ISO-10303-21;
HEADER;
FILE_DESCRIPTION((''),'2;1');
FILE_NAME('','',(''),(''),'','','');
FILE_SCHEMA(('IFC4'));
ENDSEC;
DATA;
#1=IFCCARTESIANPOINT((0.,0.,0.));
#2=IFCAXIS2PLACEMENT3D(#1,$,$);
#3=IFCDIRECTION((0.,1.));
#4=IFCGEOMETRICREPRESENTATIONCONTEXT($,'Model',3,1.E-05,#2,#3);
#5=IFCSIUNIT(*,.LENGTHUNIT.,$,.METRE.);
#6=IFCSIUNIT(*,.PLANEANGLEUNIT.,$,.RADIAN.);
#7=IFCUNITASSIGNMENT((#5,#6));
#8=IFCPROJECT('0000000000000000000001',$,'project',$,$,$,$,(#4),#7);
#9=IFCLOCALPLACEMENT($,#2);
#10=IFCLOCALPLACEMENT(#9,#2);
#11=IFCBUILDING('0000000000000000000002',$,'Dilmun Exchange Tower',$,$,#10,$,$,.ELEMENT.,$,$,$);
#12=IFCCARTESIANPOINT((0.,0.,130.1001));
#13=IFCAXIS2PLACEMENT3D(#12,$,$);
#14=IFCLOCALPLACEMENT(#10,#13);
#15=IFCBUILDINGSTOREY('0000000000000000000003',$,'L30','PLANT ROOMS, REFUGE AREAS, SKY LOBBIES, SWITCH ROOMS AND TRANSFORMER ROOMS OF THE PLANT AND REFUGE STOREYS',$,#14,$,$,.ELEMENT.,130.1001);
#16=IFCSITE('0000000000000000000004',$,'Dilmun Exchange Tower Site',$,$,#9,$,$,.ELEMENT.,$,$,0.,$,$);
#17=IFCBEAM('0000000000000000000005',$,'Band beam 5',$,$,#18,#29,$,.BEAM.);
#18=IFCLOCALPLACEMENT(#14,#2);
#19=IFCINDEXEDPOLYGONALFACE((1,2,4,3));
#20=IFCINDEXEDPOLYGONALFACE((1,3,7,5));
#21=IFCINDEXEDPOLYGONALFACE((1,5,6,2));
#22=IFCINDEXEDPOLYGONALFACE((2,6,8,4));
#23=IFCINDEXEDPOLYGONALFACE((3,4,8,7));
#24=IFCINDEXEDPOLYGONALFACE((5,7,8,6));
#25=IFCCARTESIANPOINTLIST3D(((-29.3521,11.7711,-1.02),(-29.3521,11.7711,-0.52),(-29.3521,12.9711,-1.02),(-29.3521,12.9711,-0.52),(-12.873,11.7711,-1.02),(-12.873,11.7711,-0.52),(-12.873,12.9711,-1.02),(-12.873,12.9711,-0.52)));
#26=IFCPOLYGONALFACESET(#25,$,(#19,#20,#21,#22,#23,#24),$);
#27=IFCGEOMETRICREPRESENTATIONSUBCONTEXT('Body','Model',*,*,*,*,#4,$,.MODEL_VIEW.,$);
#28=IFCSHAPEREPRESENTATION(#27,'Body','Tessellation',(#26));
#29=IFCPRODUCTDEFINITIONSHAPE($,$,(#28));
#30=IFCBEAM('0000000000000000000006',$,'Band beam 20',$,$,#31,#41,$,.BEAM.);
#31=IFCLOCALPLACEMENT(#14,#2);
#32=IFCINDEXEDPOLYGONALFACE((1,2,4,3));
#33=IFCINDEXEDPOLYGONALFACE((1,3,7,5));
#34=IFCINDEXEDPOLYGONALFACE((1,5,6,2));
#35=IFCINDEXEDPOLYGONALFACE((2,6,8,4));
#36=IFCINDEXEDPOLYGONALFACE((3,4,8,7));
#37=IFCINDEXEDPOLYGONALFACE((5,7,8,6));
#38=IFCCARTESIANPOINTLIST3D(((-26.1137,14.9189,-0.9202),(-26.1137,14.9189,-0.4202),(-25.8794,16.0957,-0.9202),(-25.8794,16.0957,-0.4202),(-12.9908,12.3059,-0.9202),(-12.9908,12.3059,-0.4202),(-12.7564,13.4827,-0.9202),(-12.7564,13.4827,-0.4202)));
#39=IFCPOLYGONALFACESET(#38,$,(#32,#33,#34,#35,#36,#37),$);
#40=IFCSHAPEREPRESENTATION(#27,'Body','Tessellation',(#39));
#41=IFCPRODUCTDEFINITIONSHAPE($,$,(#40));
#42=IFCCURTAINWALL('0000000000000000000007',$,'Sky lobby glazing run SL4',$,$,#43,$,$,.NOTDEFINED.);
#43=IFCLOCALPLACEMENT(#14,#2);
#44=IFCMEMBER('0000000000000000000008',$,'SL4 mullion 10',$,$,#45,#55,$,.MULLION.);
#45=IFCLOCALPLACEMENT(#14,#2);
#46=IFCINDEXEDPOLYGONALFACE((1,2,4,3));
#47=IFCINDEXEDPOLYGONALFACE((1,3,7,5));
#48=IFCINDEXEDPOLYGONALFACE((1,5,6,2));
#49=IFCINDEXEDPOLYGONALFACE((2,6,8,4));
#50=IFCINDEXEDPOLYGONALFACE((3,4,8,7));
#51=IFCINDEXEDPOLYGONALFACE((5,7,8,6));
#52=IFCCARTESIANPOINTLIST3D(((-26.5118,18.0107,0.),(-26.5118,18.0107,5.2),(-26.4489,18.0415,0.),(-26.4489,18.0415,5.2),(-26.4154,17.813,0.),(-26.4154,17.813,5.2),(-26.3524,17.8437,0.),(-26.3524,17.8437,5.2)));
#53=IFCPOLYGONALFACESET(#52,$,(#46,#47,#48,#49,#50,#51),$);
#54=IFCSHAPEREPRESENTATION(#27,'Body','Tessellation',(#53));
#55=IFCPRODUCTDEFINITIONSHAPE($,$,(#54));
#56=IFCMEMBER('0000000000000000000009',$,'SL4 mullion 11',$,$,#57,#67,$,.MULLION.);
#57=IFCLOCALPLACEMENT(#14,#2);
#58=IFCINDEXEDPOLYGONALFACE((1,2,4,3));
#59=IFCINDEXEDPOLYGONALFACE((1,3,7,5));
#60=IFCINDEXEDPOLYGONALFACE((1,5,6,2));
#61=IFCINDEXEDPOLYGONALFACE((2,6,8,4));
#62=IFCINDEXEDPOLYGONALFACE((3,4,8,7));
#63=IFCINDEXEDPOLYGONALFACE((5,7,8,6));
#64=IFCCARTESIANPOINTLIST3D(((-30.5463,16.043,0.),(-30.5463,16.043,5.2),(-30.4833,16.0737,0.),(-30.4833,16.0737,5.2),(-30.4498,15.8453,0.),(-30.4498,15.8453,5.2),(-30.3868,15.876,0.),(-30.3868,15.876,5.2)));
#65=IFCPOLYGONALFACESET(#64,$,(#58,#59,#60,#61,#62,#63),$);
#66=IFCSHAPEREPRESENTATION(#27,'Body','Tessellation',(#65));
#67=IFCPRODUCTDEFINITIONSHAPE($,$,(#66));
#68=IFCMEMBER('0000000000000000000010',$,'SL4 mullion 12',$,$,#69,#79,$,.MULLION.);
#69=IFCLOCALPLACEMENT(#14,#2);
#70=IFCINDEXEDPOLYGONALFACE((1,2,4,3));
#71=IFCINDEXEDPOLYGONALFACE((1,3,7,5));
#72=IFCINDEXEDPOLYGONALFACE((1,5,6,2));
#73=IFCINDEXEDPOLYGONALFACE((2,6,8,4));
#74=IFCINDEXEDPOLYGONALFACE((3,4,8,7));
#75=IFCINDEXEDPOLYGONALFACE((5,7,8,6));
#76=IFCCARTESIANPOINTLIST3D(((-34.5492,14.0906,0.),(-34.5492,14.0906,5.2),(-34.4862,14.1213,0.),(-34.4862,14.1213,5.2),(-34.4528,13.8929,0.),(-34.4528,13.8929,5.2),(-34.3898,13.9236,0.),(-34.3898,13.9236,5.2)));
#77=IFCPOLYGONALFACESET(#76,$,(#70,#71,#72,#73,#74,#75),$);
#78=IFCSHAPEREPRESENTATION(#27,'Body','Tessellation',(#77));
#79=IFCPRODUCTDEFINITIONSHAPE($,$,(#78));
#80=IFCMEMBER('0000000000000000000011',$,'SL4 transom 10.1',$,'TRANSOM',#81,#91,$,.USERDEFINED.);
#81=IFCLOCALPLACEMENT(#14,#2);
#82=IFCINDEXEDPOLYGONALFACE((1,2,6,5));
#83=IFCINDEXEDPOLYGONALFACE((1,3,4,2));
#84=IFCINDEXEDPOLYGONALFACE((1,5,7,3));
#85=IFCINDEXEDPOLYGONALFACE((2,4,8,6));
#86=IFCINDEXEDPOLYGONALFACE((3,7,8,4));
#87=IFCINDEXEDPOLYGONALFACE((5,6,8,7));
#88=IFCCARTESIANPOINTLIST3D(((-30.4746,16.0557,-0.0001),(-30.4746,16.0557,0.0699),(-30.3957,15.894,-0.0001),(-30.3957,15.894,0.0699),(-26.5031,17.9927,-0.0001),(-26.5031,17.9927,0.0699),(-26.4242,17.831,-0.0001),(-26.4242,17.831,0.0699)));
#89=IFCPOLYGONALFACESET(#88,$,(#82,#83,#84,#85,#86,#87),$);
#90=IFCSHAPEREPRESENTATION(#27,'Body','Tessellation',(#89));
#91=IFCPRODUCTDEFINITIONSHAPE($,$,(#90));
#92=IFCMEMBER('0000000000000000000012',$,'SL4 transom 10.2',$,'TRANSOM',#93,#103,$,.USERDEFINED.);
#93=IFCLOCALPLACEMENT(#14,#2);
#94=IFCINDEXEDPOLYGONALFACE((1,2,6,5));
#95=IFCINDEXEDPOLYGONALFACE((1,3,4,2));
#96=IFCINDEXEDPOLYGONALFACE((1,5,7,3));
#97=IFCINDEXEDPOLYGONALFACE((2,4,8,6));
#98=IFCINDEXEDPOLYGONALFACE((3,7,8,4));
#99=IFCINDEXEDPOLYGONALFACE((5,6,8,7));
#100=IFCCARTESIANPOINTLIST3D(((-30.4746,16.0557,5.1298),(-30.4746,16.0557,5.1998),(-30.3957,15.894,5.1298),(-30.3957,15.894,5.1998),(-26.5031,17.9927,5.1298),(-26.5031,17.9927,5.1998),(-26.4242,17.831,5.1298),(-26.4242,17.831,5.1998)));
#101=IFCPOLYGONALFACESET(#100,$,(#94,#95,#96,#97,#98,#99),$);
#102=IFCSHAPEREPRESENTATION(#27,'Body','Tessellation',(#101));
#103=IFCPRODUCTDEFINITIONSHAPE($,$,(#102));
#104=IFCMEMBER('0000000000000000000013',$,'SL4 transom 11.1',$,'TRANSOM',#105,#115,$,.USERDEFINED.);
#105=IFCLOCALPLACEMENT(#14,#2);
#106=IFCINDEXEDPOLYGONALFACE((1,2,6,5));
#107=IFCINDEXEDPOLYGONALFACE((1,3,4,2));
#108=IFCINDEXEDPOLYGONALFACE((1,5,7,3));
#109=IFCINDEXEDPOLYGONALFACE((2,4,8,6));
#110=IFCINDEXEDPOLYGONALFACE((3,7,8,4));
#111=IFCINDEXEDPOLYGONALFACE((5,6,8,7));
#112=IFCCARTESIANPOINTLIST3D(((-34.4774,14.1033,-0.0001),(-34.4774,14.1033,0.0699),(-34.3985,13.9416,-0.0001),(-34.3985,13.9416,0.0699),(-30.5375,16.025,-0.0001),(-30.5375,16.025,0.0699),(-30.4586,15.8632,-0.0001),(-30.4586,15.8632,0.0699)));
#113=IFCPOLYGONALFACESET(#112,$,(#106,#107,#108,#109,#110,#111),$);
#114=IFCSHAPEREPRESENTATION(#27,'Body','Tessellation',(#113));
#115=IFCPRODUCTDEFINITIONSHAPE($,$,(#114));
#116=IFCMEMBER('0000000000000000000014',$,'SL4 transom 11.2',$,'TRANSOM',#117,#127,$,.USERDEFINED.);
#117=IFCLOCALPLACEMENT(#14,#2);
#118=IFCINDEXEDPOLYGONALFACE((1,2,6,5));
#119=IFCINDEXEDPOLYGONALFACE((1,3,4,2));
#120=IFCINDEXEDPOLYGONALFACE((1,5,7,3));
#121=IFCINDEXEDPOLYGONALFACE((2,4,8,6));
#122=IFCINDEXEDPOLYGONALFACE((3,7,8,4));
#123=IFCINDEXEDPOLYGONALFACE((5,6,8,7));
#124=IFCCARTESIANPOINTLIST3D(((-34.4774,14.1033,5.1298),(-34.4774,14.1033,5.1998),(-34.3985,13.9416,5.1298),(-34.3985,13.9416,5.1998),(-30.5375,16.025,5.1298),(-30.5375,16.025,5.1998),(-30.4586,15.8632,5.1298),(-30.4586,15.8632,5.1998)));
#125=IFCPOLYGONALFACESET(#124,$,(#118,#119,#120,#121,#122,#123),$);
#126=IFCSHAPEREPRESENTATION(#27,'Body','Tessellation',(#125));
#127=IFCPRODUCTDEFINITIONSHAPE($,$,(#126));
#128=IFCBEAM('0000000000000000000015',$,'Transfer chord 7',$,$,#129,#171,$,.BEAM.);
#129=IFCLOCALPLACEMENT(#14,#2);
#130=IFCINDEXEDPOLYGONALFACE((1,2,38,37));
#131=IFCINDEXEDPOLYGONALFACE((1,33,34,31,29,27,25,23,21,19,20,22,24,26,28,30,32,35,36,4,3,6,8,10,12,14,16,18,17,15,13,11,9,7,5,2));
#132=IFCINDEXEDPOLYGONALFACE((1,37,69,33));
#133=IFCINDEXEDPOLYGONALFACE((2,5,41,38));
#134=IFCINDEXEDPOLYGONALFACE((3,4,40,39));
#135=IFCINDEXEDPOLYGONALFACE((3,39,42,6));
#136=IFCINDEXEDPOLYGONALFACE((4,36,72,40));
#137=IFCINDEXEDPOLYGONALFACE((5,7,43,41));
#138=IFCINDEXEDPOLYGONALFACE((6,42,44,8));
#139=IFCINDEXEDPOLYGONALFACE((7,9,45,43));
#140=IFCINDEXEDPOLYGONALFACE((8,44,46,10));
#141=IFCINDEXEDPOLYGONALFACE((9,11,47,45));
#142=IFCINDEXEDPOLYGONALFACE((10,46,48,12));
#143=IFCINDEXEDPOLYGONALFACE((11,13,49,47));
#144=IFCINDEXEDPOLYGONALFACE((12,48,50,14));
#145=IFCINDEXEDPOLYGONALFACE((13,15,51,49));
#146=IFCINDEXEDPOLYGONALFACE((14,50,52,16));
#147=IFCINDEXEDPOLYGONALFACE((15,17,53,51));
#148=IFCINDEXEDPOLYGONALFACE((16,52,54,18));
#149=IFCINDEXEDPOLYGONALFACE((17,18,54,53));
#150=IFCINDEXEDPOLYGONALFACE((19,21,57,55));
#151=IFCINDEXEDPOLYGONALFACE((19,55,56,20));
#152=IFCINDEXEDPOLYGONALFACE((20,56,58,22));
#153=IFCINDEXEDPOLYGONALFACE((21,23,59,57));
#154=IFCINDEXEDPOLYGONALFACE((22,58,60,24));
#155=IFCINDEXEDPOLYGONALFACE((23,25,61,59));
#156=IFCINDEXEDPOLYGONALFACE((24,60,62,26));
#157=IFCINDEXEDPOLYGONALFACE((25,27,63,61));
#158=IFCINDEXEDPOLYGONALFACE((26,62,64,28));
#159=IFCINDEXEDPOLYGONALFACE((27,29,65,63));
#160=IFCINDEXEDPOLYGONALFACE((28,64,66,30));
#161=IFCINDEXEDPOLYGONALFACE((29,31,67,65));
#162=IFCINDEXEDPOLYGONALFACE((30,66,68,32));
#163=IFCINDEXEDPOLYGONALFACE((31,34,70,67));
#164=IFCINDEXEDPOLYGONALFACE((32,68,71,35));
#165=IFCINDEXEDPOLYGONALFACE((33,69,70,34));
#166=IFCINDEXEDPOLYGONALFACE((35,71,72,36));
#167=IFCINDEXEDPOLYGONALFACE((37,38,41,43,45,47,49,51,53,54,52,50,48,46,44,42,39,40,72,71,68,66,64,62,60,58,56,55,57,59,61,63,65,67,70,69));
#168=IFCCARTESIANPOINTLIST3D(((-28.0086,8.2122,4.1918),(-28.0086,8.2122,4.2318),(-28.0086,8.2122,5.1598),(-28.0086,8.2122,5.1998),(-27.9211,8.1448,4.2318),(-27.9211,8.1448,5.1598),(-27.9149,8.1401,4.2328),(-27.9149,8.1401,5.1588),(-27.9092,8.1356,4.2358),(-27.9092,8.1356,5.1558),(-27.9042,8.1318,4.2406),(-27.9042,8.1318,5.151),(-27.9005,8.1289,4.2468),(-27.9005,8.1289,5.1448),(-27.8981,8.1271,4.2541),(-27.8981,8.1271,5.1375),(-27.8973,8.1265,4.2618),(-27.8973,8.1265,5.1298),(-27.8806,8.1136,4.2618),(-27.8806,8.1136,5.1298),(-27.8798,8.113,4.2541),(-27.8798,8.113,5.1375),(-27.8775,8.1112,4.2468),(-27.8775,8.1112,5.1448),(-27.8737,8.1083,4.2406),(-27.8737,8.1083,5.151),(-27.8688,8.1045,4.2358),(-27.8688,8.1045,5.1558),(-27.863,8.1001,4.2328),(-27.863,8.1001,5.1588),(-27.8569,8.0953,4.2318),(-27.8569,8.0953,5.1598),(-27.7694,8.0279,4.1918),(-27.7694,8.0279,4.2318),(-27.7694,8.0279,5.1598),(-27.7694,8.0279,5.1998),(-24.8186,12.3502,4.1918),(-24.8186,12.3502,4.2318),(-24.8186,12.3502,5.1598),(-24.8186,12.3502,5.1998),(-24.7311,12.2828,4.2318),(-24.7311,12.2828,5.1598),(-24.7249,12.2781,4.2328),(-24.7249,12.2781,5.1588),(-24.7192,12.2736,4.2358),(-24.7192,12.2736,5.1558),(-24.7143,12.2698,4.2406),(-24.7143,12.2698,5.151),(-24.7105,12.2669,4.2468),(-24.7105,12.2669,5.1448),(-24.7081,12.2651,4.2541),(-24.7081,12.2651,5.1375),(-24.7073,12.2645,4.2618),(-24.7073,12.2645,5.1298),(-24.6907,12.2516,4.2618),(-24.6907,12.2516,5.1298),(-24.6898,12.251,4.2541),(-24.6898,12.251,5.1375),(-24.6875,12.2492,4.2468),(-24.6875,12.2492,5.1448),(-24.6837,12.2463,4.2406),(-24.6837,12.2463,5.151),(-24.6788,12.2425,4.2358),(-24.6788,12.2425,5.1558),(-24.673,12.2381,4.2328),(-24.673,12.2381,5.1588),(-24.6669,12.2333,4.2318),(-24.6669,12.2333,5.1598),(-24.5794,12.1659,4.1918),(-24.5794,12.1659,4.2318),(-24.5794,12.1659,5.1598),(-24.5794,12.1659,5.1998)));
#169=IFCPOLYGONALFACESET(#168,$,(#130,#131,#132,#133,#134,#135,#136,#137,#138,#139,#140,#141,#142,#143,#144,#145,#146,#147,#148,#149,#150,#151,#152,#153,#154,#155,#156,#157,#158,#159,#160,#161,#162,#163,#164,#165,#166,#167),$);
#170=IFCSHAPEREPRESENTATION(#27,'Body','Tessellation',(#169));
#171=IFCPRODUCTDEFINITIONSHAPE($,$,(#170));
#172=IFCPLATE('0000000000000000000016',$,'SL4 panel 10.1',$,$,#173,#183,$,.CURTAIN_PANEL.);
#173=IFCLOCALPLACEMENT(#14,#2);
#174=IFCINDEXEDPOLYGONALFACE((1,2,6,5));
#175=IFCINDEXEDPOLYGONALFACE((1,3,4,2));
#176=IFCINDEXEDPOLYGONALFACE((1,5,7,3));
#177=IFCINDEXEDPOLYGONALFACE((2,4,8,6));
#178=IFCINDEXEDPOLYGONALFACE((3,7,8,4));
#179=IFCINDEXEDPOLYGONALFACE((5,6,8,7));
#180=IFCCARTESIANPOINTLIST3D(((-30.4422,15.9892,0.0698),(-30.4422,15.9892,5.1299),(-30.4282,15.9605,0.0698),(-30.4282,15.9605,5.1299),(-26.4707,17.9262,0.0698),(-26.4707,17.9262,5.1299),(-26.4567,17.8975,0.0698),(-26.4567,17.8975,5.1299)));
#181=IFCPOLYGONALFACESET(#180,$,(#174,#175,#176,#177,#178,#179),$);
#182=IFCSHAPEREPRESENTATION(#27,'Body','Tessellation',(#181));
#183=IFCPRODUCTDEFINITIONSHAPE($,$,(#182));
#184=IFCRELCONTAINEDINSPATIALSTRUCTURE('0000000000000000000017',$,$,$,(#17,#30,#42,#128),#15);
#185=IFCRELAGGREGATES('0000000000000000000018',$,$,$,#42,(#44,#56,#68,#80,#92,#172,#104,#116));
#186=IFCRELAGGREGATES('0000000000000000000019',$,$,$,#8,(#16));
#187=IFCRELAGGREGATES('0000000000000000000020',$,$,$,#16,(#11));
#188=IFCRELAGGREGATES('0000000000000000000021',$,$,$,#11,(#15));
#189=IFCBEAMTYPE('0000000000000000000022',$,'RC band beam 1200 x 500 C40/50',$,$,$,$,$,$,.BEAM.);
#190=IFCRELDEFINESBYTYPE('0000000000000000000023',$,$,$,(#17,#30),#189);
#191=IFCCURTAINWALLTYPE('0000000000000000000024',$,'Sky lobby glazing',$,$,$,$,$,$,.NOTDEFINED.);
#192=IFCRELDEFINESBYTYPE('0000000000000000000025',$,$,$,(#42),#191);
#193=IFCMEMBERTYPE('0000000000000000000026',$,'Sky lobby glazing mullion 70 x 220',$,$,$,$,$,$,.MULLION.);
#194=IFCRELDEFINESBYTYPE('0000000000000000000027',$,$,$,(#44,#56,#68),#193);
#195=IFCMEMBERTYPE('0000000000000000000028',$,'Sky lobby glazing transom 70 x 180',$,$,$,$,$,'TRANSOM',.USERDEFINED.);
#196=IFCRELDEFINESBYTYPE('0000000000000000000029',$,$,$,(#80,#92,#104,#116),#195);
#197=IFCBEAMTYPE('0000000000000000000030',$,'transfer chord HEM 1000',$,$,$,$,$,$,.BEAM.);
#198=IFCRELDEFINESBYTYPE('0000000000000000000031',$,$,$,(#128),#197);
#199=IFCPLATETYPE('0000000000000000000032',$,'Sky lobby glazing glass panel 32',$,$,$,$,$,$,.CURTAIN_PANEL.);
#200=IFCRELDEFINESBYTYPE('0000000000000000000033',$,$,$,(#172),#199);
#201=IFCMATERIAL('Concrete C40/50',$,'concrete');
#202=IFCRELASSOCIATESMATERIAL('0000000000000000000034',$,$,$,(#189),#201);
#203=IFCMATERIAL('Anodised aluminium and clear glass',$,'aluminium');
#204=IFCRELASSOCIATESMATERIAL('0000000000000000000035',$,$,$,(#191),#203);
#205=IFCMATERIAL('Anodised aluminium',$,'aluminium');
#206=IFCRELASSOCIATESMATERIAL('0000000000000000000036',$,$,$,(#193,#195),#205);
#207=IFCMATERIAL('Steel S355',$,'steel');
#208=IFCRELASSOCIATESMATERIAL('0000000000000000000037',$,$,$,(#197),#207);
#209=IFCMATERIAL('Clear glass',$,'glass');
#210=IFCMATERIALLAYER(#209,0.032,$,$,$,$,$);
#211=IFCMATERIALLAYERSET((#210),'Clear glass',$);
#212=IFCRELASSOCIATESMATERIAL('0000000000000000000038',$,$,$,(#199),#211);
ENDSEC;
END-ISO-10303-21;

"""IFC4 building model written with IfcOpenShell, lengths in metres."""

from ifc_helpers import new_model, si_unit, direction, frame, origin, origin_2d, place, context, subcontext, project, spatial, rectangle, i_section, extrude, material, layer, layer_set, material_profile, profile_set, type_object, element, aggregate, save


model = new_model("IFC4")

# Units and contexts
model_context = context("Model", 3, precision=1e-05, world=origin(), true_north=direction((0.0, 1.0)))
body_context = subcontext(model_context, "Body", "Model", "MODEL_VIEW")
ifc_project = project(units=[si_unit("LENGTHUNIT", "METRE"), si_unit("PLANEANGLEUNIT", "RADIAN")], contexts=[model_context])

# Site, building, storey
site_placement = place(None, origin())
site = spatial("IfcSite", under=ifc_project, at=site_placement, Name="Dilmun Exchange Tower Site", CompositionType="ELEMENT", RefElevation=0.0)
building_placement = place(site_placement, origin())
building = spatial("IfcBuilding", under=site, at=building_placement, Name="Dilmun Exchange Tower", CompositionType="ELEMENT")
storey_placement = place(building_placement, frame((0.0, 0.0, 130.1001)))
storey = spatial("IfcBuildingStorey", under=building, at=storey_placement, Name="L30", Description="PLANT ROOMS, REFUGE AREAS, SKY LOBBIES, SWITCH ROOMS AND TRANSFORMER ROOMS OF THE PLANT AND REFUGE STOREYS", CompositionType="ELEMENT", Elevation=130.1001)

# Beams
ifc_material_1 = material(Name="Concrete C40/50", Category="concrete")
ifc_material_profile_1 = material_profile(ifc_material_1, rectangle(XDim=1.2, YDim=0.5, at=origin_2d()), Name="1200 x 500")
ifc_profile_set_1 = profile_set([ifc_material_profile_1], Name="Concrete C40/50")
beam_type_1 = type_object("IfcBeamType", Name="RC band beam 1200 x 500 C40/50", PredefinedType="BEAM", material=ifc_profile_set_1)
beam_1_placement = place(storey_placement, frame((-29.3521, 12.3711, -0.77), z_axis=(1.0, 0.0, 0.0), x_axis=(0.0, 1.0, 0.0)))
element("IfcBeam", 1, at=beam_1_placement, inside=storey, type_object=beam_type_1, Name="Band beam 5", PredefinedType="BEAM", context=body_context, shape_type="SweptSolid", body=[
    extrude(rectangle(XDim=1.2, YDim=0.5, at=origin_2d()), origin(), (0.0, 0.0, 1.0), 16.479),
])
beam_2_placement = place(storey_placement, frame((-25.9966, 15.5073, -0.6702), z_axis=(0.980747, -0.195284, 0.0), x_axis=(0.195284, 0.980747, 0.0)))
element("IfcBeam", 2, at=beam_2_placement, inside=storey, type_object=beam_type_1, Name="Band beam 20", PredefinedType="BEAM", context=body_context, shape_type="SweptSolid", body=[
    extrude(rectangle(XDim=1.2, YDim=0.5, at=origin_2d()), origin(), (0.0, 0.0, 1.0), 13.3806),
])

# Curtain wall, members
ifc_material_2 = material(Name="Anodised aluminium and clear glass", Category="aluminium")
curtain_wall_type = type_object("IfcCurtainWallType", Name="Sky lobby glazing", PredefinedType="NOTDEFINED", material=ifc_material_2)
curtain_wall_placement = place(storey_placement, origin())
curtain_wall = element("IfcCurtainWall", 3, at=curtain_wall_placement, inside=storey, type_object=curtain_wall_type, Name="Sky lobby glazing run SL4", PredefinedType="NOTDEFINED")
ifc_material_3 = material(Name="Anodised aluminium", Category="aluminium")
ifc_material_profile_2 = material_profile(ifc_material_3, rectangle(XDim=0.22, YDim=0.0701, at=origin_2d()), Name="AL 70x220")
ifc_profile_set_2 = profile_set([ifc_material_profile_2], Name="Anodised aluminium")
member_type_1 = type_object("IfcMemberType", Name="Sky lobby glazing mullion 70 x 220", PredefinedType="MULLION", material=ifc_profile_set_2)
member_1_placement = place(storey_placement, frame((-26.4321, 17.9272, 0.0), z_axis=(0.0, 0.0, 1.0), x_axis=(0.438371, -0.898794, 0.0)))
member_1 = element("IfcMember", 4, at=member_1_placement, type_object=member_type_1, Name="SL4 mullion 10", PredefinedType="MULLION", context=body_context, shape_type="SweptSolid", body=[
    extrude(rectangle(XDim=0.22, YDim=0.0701, at=origin_2d()), origin(), (0.0, 0.0, 1.0), 5.2),
])
member_2_placement = place(storey_placement, frame((-30.4666, 15.9595, 0.0), z_axis=(0.0, 0.0, 1.0), x_axis=(0.438371, -0.898794, 0.0)))
member_2 = element("IfcMember", 5, at=member_2_placement, type_object=member_type_1, Name="SL4 mullion 11", PredefinedType="MULLION", context=body_context, shape_type="SweptSolid", body=[
    extrude(rectangle(XDim=0.22, YDim=0.0701, at=origin_2d()), origin(), (0.0, 0.0, 1.0), 5.2),
])
member_3_placement = place(storey_placement, frame((-34.4695, 14.0071, 0.0), z_axis=(0.0, 0.0, 1.0), x_axis=(0.438371, -0.898794, 0.0)))
member_3 = element("IfcMember", 6, at=member_3_placement, type_object=member_type_1, Name="SL4 mullion 12", PredefinedType="MULLION", context=body_context, shape_type="SweptSolid", body=[
    extrude(rectangle(XDim=0.22, YDim=0.0701, at=origin_2d()), origin(), (0.0, 0.0, 1.0), 5.2),
])
ifc_material_profile_3 = material_profile(ifc_material_3, rectangle(XDim=0.1799, YDim=0.0701, at=origin_2d()), Name="AL 70x180")
ifc_profile_set_3 = profile_set([ifc_material_profile_3], Name="Anodised aluminium")
member_type_2 = type_object("IfcMemberType", Name="Sky lobby glazing transom 70 x 180", ElementType="TRANSOM", PredefinedType="USERDEFINED", material=ifc_profile_set_3)
member_4_placement = place(storey_placement, frame((-26.4636, 17.9119, 0.0349), z_axis=(-0.898793, -0.438374, 0.0), x_axis=(0.438374, -0.898793, 0.0)))
member_4 = element("IfcMember", 7, at=member_4_placement, type_object=member_type_2, Name="SL4 transom 10.1", ObjectType="TRANSOM", PredefinedType="USERDEFINED", context=body_context, shape_type="SweptSolid", body=[
    extrude(rectangle(XDim=0.1799, YDim=0.0701, at=origin_2d()), origin(), (0.0, 0.0, 1.0), 4.4187),
])
member_5_placement = place(storey_placement, frame((-26.4636, 17.9119, 5.1648), z_axis=(-0.898793, -0.438374, 0.0), x_axis=(0.438374, -0.898793, 0.0)))
member_5 = element("IfcMember", 8, at=member_5_placement, type_object=member_type_2, Name="SL4 transom 10.2", ObjectType="TRANSOM", PredefinedType="USERDEFINED", context=body_context, shape_type="SweptSolid", body=[
    extrude(rectangle(XDim=0.1799, YDim=0.0701, at=origin_2d()), origin(), (0.0, 0.0, 1.0), 4.4187),
])
member_6_placement = place(storey_placement, frame((-30.498, 15.9441, 0.0349), z_axis=(-0.898795, -0.43837, 0.0), x_axis=(0.43837, -0.898795, 0.0)))
member_6 = element("IfcMember", 9, at=member_6_placement, type_object=member_type_2, Name="SL4 transom 11.1", ObjectType="TRANSOM", PredefinedType="USERDEFINED", context=body_context, shape_type="SweptSolid", body=[
    extrude(rectangle(XDim=0.1799, YDim=0.0701, at=origin_2d()), origin(), (0.0, 0.0, 1.0), 4.3835),
])
member_7_placement = place(storey_placement, frame((-30.498, 15.9441, 5.1648), z_axis=(-0.898795, -0.43837, 0.0), x_axis=(0.43837, -0.898795, 0.0)))
member_7 = element("IfcMember", 10, at=member_7_placement, type_object=member_type_2, Name="SL4 transom 11.2", ObjectType="TRANSOM", PredefinedType="USERDEFINED", context=body_context, shape_type="SweptSolid", body=[
    extrude(rectangle(XDim=0.1799, YDim=0.0701, at=origin_2d()), origin(), (0.0, 0.0, 1.0), 4.3835),
])

# Beam
ifc_material_4 = material(Name="Steel S355", Category="steel")
ifc_material_profile_4 = material_profile(ifc_material_4, i_section(OverallWidth=0.302, OverallDepth=1.0081, WebThickness=0.021, FlangeThickness=0.04, FilletRadius=0.03, at=origin_2d()), Name="HEM 1000")
ifc_profile_set_4 = profile_set([ifc_material_profile_4], Name="Steel S355")
beam_type_2 = type_object("IfcBeamType", Name="transfer chord HEM 1000", PredefinedType="BEAM", material=ifc_profile_set_4)
beam_3_placement = place(storey_placement, frame((-24.699, 12.2581, 4.6958), z_axis=(-0.610541, -0.791984, 0.0), x_axis=(0.791984, -0.610541, 0.0)))
element("IfcBeam", 11, at=beam_3_placement, inside=storey, type_object=beam_type_2, Name="Transfer chord 7", PredefinedType="BEAM", context=body_context, shape_type="SweptSolid", body=[
    extrude(i_section(OverallWidth=0.302, OverallDepth=1.0081, WebThickness=0.021, FlangeThickness=0.04, FilletRadius=0.03, at=origin_2d()), origin(), (0.0, 0.0, 1.0), 5.2249),
])

# Plate
ifc_material_5 = material(Name="Clear glass", Category="glass")
ifc_layer_1 = layer(ifc_material_5, 0.032)
ifc_layer_set_1 = layer_set([ifc_layer_1], Name="Clear glass")
plate_type = type_object("IfcPlateType", Name="Sky lobby glazing glass panel 32", PredefinedType="CURTAIN_PANEL", material=ifc_layer_set_1)
plate_1_placement = place(storey_placement, frame((-28.4495, 16.9434, 0.0698), z_axis=(0.0, 0.0, 1.0), x_axis=(-0.898794, -0.438371, 0.0)))
plate_1 = element("IfcPlate", 12, at=plate_1_placement, type_object=plate_type, Name="SL4 panel 10.1", PredefinedType="CURTAIN_PANEL", context=body_context, shape_type="SweptSolid", body=[
    extrude(rectangle(XDim=4.4187, YDim=0.032, at=origin_2d()), origin(), (0.0, 0.0, 1.0), 5.0601),
])
aggregate(curtain_wall, [member_1, member_2, member_3, member_4, member_5, plate_1, member_6, member_7])

save(model, "model.ifc")
